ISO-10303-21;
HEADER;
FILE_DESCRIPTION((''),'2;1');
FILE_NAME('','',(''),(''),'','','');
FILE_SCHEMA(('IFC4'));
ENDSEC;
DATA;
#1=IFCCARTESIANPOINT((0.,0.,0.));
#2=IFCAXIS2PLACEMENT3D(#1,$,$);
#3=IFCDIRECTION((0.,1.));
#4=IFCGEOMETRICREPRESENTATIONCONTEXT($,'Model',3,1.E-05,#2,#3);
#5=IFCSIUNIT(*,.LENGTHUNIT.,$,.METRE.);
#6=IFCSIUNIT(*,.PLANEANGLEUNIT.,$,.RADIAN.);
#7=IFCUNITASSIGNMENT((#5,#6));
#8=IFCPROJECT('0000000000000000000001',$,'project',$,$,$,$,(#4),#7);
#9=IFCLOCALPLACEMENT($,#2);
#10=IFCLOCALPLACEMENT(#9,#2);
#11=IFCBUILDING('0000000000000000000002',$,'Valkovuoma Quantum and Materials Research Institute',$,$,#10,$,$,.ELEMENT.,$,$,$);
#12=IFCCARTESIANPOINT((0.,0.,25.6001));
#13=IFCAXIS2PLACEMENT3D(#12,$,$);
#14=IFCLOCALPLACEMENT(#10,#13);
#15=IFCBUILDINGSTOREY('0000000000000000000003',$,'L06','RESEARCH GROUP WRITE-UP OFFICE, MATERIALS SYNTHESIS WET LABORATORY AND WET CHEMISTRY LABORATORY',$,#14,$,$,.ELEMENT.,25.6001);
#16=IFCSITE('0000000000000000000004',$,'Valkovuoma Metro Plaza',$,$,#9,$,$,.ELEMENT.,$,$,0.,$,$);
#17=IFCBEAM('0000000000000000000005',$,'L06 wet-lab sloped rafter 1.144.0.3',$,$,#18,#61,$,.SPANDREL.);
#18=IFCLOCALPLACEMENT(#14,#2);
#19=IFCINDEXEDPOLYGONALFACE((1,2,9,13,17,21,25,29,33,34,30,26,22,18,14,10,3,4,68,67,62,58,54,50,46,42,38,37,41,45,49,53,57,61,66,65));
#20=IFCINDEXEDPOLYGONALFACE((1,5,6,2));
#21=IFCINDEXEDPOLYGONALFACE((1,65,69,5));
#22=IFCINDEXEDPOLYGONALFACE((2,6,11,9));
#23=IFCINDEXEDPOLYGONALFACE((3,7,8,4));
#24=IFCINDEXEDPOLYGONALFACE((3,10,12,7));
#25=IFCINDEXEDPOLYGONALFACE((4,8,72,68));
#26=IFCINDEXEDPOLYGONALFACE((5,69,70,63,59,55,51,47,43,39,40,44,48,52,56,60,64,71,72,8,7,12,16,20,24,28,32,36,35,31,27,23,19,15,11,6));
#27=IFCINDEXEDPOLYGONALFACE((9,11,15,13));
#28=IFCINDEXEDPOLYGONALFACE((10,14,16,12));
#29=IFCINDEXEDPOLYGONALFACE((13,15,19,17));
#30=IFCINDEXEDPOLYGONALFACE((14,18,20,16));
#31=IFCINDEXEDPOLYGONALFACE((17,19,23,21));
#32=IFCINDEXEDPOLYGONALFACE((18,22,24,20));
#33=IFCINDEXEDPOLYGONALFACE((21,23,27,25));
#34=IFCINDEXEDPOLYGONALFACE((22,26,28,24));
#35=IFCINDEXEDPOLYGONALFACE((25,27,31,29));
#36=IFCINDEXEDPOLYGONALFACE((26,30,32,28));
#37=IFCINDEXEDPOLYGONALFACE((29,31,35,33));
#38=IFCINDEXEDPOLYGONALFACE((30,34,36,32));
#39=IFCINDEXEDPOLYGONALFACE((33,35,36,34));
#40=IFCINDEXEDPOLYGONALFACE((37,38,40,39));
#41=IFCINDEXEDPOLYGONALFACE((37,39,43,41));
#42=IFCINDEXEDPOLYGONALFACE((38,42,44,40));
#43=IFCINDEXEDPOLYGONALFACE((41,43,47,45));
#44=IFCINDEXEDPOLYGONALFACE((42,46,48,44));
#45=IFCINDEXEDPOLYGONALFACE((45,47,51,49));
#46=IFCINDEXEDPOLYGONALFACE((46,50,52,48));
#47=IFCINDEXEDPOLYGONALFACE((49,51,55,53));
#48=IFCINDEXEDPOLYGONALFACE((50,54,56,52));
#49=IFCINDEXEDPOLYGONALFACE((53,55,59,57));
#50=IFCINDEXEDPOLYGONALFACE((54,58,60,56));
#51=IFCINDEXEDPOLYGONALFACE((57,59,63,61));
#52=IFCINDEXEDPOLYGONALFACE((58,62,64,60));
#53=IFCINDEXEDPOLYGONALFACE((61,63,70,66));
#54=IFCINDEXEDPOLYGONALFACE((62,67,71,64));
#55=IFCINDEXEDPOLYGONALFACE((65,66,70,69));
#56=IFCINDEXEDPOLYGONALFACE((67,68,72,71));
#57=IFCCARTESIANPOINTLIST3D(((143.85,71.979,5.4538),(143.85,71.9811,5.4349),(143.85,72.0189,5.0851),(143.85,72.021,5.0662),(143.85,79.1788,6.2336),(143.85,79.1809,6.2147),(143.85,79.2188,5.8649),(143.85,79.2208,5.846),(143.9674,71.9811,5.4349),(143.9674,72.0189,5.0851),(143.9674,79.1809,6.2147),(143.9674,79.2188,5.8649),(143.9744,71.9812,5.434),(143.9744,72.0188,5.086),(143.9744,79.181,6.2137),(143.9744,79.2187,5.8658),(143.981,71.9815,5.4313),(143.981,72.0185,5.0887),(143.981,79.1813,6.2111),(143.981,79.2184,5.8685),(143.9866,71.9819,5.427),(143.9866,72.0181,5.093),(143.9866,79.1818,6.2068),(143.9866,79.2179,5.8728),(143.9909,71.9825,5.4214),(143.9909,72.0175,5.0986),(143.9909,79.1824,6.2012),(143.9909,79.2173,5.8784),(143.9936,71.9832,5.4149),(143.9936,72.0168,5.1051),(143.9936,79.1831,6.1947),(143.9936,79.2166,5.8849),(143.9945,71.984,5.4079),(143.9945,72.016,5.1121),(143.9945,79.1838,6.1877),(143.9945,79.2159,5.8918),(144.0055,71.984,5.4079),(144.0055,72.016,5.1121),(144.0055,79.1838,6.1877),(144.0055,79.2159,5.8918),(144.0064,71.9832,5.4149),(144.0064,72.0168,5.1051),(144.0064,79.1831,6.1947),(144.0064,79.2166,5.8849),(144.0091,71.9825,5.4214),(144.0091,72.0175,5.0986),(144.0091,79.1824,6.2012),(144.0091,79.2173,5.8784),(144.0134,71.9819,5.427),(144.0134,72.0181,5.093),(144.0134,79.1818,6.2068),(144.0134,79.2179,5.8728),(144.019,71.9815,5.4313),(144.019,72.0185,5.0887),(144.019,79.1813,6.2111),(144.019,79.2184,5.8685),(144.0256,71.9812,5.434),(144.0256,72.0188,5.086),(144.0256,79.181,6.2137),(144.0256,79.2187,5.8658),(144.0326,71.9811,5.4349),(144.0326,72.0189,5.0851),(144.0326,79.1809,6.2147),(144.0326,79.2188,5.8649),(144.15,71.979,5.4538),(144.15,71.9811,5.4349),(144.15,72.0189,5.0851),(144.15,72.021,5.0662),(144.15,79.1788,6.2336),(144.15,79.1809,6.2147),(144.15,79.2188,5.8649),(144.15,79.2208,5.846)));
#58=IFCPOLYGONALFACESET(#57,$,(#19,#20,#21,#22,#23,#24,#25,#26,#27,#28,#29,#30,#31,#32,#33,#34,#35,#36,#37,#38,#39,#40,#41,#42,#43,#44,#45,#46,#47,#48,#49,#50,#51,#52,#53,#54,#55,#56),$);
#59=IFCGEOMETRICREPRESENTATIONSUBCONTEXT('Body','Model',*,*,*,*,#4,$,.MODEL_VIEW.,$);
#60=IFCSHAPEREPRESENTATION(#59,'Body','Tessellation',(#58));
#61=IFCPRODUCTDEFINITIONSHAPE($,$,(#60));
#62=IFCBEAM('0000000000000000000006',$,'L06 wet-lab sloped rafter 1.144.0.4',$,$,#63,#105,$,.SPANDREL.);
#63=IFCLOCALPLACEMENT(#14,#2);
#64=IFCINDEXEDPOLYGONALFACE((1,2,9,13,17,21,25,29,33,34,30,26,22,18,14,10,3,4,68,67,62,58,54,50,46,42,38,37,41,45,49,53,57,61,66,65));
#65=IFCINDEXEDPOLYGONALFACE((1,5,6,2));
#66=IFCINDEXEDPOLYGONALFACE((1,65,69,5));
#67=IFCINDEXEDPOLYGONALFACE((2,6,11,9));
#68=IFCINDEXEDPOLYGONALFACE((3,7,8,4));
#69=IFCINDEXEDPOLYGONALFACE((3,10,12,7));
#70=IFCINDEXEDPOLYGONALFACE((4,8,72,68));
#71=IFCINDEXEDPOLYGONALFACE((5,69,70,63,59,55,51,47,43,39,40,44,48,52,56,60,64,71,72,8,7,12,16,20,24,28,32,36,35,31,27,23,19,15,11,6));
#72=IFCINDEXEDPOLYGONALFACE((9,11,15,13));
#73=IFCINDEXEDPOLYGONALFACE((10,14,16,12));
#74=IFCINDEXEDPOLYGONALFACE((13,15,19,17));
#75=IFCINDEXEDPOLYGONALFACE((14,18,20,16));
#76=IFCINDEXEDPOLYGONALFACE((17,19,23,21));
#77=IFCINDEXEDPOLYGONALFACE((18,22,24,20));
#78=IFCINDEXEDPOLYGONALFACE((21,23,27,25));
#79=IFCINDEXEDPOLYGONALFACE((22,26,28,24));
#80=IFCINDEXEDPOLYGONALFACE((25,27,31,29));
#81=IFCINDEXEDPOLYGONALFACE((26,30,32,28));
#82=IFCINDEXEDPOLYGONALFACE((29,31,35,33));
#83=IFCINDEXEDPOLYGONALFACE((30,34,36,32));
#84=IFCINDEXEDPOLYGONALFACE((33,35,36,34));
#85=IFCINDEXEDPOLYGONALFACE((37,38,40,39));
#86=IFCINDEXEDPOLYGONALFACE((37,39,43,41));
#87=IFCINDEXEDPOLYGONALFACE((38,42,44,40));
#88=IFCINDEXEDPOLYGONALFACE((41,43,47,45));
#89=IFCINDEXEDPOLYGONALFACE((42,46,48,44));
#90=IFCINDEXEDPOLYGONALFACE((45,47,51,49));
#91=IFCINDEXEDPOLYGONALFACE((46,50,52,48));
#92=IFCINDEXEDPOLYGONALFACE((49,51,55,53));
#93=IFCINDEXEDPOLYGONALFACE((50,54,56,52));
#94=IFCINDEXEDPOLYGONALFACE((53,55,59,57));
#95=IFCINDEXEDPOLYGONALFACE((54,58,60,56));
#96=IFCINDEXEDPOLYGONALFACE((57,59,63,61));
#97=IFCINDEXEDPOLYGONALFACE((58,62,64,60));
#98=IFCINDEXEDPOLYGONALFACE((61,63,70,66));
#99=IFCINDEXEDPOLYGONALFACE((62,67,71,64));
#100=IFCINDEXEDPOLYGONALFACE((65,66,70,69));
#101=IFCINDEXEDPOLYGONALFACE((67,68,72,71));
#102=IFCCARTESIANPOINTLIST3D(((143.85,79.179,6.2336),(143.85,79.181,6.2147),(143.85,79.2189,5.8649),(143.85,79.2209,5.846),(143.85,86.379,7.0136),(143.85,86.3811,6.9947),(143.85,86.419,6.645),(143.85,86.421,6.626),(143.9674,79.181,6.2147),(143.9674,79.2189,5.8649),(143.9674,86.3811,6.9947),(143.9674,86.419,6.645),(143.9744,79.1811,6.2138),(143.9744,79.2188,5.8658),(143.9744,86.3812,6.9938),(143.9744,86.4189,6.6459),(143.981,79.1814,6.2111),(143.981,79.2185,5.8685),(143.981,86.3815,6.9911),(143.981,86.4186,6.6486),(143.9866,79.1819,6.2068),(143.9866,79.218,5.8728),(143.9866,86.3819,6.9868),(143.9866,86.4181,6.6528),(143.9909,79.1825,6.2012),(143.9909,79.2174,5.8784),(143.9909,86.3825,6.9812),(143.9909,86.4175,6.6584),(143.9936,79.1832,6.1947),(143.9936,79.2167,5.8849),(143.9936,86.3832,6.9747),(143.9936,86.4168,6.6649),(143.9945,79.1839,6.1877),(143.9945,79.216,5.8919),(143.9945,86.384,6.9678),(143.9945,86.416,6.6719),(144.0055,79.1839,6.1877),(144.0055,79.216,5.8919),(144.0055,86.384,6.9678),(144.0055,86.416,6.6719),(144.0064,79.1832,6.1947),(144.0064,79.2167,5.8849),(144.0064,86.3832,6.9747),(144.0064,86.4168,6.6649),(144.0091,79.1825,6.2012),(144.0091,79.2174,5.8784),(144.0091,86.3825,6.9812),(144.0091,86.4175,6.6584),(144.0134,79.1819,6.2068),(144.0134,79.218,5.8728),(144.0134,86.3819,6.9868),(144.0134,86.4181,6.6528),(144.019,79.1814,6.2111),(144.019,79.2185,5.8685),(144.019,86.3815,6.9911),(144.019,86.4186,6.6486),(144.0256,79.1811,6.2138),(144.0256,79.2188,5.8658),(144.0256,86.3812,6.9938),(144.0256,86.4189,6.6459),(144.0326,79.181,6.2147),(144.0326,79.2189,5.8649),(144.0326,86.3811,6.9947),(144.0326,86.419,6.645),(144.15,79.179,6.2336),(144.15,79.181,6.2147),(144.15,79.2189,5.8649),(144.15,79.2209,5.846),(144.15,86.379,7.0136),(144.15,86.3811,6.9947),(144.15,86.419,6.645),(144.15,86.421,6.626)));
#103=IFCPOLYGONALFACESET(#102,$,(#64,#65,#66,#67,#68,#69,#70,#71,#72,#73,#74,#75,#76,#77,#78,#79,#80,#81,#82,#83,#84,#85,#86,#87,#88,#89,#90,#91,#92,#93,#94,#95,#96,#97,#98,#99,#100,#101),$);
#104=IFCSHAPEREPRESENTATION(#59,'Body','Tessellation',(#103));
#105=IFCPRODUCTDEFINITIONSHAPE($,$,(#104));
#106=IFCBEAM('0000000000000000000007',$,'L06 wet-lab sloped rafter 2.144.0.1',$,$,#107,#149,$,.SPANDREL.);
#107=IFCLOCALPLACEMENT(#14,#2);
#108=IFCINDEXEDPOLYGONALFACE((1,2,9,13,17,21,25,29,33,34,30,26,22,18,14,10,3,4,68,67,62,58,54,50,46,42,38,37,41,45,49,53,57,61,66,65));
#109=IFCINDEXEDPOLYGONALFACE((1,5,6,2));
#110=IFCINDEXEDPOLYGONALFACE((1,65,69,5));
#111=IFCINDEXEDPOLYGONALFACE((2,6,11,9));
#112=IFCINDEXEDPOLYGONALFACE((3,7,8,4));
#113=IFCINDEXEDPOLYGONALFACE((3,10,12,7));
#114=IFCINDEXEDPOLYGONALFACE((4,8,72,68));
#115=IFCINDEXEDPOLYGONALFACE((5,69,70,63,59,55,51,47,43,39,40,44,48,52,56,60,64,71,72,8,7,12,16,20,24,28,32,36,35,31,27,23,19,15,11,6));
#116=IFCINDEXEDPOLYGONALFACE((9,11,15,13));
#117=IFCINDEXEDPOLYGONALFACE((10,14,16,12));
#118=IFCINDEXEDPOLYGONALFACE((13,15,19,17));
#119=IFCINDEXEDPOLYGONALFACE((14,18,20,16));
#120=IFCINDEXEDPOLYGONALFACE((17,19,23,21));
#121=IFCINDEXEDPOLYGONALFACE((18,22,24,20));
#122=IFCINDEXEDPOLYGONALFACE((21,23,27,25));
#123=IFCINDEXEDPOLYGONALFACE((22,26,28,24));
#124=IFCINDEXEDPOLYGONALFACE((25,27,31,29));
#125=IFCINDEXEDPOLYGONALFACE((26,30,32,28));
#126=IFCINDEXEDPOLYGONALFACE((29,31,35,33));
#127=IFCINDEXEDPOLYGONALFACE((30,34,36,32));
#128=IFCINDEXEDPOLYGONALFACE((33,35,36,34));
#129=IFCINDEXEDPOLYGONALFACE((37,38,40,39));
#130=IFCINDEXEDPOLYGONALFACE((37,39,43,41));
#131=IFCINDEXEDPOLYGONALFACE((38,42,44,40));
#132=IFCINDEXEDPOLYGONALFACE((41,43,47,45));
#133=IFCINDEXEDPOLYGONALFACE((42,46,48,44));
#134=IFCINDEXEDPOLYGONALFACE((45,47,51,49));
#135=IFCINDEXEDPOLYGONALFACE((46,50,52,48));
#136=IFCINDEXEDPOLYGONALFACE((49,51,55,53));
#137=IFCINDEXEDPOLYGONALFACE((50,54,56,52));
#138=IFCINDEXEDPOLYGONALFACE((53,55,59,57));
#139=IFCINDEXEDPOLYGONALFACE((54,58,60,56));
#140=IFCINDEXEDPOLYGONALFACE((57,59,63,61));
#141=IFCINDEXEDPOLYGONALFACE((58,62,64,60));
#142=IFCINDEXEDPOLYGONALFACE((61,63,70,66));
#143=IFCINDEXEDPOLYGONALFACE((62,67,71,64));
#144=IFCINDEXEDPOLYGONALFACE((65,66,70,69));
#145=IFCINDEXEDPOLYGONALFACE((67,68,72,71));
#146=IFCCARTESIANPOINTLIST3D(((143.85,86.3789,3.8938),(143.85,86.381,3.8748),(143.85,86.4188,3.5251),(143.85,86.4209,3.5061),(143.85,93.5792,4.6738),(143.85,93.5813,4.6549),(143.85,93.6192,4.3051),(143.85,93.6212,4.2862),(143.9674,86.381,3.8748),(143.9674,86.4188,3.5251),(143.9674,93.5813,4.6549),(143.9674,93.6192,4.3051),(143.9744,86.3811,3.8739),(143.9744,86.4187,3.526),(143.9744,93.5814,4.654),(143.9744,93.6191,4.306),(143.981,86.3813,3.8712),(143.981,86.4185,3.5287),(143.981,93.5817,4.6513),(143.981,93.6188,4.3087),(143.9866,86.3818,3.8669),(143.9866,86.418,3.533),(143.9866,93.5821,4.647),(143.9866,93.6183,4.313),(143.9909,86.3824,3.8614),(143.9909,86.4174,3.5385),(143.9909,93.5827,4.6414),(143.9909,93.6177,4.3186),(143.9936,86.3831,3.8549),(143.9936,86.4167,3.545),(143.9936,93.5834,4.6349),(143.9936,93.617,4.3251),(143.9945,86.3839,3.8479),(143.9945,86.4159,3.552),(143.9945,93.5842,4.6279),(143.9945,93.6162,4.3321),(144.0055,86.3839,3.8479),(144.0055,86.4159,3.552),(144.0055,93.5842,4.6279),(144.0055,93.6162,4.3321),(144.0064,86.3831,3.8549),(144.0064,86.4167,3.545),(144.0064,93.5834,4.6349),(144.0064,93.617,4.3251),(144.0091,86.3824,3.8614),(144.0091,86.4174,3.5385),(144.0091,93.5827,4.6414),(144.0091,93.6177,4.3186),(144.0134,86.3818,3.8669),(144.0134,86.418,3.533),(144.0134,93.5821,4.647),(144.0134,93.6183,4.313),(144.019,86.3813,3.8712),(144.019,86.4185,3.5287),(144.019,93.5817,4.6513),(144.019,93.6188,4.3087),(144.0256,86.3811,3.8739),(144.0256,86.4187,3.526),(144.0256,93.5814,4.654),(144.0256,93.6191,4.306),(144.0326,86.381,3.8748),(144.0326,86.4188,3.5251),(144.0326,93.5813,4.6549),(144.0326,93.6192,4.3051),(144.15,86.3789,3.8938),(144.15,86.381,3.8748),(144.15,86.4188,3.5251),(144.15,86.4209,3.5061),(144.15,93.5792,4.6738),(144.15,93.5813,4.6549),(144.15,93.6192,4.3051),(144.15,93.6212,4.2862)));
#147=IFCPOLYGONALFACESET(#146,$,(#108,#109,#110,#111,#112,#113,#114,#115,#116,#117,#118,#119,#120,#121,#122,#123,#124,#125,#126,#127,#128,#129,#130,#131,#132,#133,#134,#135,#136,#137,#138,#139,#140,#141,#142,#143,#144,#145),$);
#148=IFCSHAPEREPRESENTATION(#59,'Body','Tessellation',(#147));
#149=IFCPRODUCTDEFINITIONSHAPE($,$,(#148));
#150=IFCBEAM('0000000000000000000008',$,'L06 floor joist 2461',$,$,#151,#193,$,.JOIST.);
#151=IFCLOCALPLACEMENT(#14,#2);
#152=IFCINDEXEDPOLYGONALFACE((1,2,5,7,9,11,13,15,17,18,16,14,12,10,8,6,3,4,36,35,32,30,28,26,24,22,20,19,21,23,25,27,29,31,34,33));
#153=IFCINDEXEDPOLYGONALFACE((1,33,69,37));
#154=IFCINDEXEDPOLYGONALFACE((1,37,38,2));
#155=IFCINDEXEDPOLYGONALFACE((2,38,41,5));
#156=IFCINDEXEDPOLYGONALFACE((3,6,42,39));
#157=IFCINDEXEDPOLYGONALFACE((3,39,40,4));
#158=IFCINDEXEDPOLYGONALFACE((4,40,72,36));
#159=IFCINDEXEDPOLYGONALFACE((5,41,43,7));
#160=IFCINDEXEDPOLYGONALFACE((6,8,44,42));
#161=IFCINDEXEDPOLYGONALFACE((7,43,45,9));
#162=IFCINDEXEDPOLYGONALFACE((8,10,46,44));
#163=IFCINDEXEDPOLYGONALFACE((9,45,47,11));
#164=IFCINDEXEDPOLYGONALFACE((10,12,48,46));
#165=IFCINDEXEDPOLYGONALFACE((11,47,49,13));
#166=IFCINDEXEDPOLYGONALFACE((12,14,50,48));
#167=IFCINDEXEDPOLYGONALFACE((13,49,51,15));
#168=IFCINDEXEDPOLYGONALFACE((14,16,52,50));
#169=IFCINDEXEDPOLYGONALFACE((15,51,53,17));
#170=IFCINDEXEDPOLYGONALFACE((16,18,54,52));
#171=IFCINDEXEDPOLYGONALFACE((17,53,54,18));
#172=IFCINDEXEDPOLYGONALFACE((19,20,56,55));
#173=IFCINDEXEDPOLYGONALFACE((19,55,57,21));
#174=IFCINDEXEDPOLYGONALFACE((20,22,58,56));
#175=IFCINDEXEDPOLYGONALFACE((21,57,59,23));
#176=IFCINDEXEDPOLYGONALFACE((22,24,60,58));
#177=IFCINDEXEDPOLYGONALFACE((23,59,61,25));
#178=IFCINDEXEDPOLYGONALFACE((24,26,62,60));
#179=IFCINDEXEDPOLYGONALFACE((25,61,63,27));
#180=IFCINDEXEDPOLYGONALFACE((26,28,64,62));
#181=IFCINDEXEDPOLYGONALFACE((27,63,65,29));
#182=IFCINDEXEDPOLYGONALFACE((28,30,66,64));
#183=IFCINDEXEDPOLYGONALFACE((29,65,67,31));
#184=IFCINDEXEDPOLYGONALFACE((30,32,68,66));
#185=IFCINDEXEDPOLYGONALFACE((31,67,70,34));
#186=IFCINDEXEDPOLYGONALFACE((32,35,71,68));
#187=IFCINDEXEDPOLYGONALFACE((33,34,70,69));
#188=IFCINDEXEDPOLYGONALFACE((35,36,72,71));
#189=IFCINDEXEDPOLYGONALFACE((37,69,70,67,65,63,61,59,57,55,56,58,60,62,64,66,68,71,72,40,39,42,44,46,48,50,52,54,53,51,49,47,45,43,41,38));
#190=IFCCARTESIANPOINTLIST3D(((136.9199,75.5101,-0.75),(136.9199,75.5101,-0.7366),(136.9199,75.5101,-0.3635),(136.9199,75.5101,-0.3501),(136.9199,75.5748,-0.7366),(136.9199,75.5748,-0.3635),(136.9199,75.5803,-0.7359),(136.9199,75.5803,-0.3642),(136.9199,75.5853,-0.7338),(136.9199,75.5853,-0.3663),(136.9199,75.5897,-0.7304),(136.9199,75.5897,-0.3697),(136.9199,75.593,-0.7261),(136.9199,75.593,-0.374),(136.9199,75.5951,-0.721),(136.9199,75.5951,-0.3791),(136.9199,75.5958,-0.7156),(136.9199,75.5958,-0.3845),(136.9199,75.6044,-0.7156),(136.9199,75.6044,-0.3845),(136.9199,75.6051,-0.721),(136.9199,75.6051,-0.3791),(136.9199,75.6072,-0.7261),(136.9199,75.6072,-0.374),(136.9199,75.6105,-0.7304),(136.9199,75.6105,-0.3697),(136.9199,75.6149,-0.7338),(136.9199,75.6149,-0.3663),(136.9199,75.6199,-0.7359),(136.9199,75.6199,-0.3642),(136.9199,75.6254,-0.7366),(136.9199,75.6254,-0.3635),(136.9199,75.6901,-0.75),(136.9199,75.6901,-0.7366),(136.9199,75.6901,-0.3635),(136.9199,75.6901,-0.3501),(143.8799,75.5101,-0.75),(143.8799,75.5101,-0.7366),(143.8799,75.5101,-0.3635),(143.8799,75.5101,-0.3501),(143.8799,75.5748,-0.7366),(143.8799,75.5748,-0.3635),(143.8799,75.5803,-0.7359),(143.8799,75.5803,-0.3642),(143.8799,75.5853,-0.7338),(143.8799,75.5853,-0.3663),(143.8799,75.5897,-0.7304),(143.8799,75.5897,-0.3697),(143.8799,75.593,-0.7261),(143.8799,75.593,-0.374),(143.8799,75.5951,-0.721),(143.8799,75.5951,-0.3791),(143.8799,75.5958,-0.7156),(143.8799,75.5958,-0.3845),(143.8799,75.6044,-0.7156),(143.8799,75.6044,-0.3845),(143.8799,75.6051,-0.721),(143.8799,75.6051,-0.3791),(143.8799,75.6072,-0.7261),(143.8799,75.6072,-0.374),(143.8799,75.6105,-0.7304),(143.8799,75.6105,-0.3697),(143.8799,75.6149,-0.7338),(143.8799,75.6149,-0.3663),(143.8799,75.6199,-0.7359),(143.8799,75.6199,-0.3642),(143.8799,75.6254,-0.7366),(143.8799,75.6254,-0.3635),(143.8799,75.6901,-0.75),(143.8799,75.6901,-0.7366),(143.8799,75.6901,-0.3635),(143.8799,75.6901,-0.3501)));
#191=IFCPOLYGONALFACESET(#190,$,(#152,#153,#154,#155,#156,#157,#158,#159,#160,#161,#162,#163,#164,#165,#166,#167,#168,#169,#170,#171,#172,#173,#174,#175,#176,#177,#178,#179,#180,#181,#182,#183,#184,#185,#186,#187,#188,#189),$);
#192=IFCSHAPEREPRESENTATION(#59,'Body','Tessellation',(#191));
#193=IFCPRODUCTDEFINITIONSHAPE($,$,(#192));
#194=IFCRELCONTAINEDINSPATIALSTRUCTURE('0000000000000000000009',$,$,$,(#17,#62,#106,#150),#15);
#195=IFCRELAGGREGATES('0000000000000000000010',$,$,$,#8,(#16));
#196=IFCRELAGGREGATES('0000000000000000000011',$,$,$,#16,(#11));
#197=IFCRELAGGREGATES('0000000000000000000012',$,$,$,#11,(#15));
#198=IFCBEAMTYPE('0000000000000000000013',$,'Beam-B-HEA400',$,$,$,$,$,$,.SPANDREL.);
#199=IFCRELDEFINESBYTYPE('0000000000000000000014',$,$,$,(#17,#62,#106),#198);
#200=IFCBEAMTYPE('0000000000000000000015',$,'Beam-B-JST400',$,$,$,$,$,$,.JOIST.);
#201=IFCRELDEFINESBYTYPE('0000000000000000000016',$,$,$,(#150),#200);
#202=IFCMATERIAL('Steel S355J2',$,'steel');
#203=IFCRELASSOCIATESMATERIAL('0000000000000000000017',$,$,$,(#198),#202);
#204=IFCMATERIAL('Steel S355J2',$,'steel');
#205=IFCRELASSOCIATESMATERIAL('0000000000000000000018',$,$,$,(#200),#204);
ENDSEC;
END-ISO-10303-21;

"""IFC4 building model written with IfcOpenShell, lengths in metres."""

from ifc_helpers import new_model, si_unit, direction, frame, origin, origin_2d, place, context, subcontext, project, spatial, i_section, extrude, material, material_profile, profile_set, type_object, element, save


model = new_model("IFC4")

# Units and contexts
model_context = context("Model", 3, precision=1e-05, world=origin(), true_north=direction((0.0, 1.0)))
body_context = subcontext(model_context, "Body", "Model", "MODEL_VIEW")
ifc_project = project(units=[si_unit("LENGTHUNIT", "METRE"), si_unit("PLANEANGLEUNIT", "RADIAN")], contexts=[model_context])

# Site, building, storey
site_placement = place(None, origin())
site = spatial("IfcSite", under=ifc_project, at=site_placement, Name="Valkovuoma Metro Plaza", CompositionType="ELEMENT", RefElevation=0.0)
building_placement = place(site_placement, origin())
building = spatial("IfcBuilding", under=site, at=building_placement, Name="Valkovuoma Quantum and Materials Research Institute", CompositionType="ELEMENT")
storey_placement = place(building_placement, frame((0.0, 0.0, 25.6001)))
storey = spatial("IfcBuildingStorey", under=building, at=storey_placement, Name="L06", Description="RESEARCH GROUP WRITE-UP OFFICE, MATERIALS SYNTHESIS WET LABORATORY AND WET CHEMISTRY LABORATORY", CompositionType="ELEMENT", Elevation=25.6001)

# Beams
ifc_material_1 = material(Name="Steel S355J2", Category="steel")
ifc_material_profile_1 = material_profile(ifc_material_1, i_section(OverallWidth=0.3, OverallDepth=0.3899, WebThickness=0.011, FlangeThickness=0.019, FilletRadius=0.0271, at=origin_2d()), Name="Steel S355J2")
ifc_profile_set_1 = profile_set([ifc_material_profile_1], Name="Steel S355J2")
beam_type_1 = type_object("IfcBeamType", Name="Beam-B-HEA400", PredefinedType="SPANDREL", material=ifc_profile_set_1)
beam_1_placement = place(storey_placement, frame((144.0, 72.0, 5.26), z_axis=(0.0, 0.994186, 0.107675), x_axis=(-1.0, 0.0, 0.0)))
element("IfcBeam", 1, at=beam_1_placement, inside=storey, type_object=beam_type_1, Name="L06 wet-lab sloped rafter 1.144.0.3", PredefinedType="SPANDREL", context=body_context, shape_type="SweptSolid", body=[
    extrude(i_section(OverallWidth=0.3, OverallDepth=0.3899, WebThickness=0.011, FlangeThickness=0.019, FilletRadius=0.0271, at=origin_2d()), origin(), (0.0, 0.0, 1.0), 7.2419),
])
beam_2_placement = place(storey_placement, frame((144.0, 79.2, 6.0398), z_axis=(0.0, 0.994183, 0.107708), x_axis=(-1.0, 0.0, 0.0)))
element("IfcBeam", 2, at=beam_2_placement, inside=storey, type_object=beam_type_1, Name="L06 wet-lab sloped rafter 1.144.0.4", PredefinedType="SPANDREL", context=body_context, shape_type="SweptSolid", body=[
    extrude(i_section(OverallWidth=0.3, OverallDepth=0.3899, WebThickness=0.011, FlangeThickness=0.019, FilletRadius=0.0271, at=origin_2d()), origin(), (0.0, 0.0, 1.0), 7.2422),
])
beam_3_placement = place(storey_placement, frame((144.0, 86.3999, 3.7), z_axis=(0.0, 0.994183, 0.107704), x_axis=(-1.0, 0.0, 0.0)))
element("IfcBeam", 3, at=beam_3_placement, inside=storey, type_object=beam_type_1, Name="L06 wet-lab sloped rafter 2.144.0.1", PredefinedType="SPANDREL", context=body_context, shape_type="SweptSolid", body=[
    extrude(i_section(OverallWidth=0.3, OverallDepth=0.3899, WebThickness=0.011, FlangeThickness=0.019, FilletRadius=0.0271, at=origin_2d()), origin(), (0.0, 0.0, 1.0), 7.2424),
])
ifc_material_2 = material(Name="Steel S355J2", Category="steel")
ifc_material_profile_2 = material_profile(ifc_material_2, i_section(OverallWidth=0.1799, OverallDepth=0.3999, WebThickness=0.0085, FlangeThickness=0.0134, FilletRadius=0.021, at=origin_2d()), Name="Steel S355J2")
ifc_profile_set_2 = profile_set([ifc_material_profile_2], Name="Steel S355J2")
beam_type_2 = type_object("IfcBeamType", Name="Beam-B-JST400", PredefinedType="JOIST", material=ifc_profile_set_2)
for number, where, z_axis, x_axis, name in (
    (4, (136.9199, 75.6001, -0.55), (1.0, 0.0, 0.0), (0.0, 1.0, 0.0), "L06 floor joist 2461"),
):
    element("IfcBeam", number, at=place(storey_placement, frame(where, z_axis=z_axis, x_axis=x_axis)), inside=storey, type_object=beam_type_2, Name=name, PredefinedType="JOIST", context=body_context, shape_type="SweptSolid", body=[
        extrude(i_section(OverallWidth=0.1799, OverallDepth=0.3999, WebThickness=0.0085, FlangeThickness=0.0134, FilletRadius=0.021, at=origin_2d()), origin(), (0.0, 0.0, 1.0), 6.96),
    ])

save(model, "model.ifc")
